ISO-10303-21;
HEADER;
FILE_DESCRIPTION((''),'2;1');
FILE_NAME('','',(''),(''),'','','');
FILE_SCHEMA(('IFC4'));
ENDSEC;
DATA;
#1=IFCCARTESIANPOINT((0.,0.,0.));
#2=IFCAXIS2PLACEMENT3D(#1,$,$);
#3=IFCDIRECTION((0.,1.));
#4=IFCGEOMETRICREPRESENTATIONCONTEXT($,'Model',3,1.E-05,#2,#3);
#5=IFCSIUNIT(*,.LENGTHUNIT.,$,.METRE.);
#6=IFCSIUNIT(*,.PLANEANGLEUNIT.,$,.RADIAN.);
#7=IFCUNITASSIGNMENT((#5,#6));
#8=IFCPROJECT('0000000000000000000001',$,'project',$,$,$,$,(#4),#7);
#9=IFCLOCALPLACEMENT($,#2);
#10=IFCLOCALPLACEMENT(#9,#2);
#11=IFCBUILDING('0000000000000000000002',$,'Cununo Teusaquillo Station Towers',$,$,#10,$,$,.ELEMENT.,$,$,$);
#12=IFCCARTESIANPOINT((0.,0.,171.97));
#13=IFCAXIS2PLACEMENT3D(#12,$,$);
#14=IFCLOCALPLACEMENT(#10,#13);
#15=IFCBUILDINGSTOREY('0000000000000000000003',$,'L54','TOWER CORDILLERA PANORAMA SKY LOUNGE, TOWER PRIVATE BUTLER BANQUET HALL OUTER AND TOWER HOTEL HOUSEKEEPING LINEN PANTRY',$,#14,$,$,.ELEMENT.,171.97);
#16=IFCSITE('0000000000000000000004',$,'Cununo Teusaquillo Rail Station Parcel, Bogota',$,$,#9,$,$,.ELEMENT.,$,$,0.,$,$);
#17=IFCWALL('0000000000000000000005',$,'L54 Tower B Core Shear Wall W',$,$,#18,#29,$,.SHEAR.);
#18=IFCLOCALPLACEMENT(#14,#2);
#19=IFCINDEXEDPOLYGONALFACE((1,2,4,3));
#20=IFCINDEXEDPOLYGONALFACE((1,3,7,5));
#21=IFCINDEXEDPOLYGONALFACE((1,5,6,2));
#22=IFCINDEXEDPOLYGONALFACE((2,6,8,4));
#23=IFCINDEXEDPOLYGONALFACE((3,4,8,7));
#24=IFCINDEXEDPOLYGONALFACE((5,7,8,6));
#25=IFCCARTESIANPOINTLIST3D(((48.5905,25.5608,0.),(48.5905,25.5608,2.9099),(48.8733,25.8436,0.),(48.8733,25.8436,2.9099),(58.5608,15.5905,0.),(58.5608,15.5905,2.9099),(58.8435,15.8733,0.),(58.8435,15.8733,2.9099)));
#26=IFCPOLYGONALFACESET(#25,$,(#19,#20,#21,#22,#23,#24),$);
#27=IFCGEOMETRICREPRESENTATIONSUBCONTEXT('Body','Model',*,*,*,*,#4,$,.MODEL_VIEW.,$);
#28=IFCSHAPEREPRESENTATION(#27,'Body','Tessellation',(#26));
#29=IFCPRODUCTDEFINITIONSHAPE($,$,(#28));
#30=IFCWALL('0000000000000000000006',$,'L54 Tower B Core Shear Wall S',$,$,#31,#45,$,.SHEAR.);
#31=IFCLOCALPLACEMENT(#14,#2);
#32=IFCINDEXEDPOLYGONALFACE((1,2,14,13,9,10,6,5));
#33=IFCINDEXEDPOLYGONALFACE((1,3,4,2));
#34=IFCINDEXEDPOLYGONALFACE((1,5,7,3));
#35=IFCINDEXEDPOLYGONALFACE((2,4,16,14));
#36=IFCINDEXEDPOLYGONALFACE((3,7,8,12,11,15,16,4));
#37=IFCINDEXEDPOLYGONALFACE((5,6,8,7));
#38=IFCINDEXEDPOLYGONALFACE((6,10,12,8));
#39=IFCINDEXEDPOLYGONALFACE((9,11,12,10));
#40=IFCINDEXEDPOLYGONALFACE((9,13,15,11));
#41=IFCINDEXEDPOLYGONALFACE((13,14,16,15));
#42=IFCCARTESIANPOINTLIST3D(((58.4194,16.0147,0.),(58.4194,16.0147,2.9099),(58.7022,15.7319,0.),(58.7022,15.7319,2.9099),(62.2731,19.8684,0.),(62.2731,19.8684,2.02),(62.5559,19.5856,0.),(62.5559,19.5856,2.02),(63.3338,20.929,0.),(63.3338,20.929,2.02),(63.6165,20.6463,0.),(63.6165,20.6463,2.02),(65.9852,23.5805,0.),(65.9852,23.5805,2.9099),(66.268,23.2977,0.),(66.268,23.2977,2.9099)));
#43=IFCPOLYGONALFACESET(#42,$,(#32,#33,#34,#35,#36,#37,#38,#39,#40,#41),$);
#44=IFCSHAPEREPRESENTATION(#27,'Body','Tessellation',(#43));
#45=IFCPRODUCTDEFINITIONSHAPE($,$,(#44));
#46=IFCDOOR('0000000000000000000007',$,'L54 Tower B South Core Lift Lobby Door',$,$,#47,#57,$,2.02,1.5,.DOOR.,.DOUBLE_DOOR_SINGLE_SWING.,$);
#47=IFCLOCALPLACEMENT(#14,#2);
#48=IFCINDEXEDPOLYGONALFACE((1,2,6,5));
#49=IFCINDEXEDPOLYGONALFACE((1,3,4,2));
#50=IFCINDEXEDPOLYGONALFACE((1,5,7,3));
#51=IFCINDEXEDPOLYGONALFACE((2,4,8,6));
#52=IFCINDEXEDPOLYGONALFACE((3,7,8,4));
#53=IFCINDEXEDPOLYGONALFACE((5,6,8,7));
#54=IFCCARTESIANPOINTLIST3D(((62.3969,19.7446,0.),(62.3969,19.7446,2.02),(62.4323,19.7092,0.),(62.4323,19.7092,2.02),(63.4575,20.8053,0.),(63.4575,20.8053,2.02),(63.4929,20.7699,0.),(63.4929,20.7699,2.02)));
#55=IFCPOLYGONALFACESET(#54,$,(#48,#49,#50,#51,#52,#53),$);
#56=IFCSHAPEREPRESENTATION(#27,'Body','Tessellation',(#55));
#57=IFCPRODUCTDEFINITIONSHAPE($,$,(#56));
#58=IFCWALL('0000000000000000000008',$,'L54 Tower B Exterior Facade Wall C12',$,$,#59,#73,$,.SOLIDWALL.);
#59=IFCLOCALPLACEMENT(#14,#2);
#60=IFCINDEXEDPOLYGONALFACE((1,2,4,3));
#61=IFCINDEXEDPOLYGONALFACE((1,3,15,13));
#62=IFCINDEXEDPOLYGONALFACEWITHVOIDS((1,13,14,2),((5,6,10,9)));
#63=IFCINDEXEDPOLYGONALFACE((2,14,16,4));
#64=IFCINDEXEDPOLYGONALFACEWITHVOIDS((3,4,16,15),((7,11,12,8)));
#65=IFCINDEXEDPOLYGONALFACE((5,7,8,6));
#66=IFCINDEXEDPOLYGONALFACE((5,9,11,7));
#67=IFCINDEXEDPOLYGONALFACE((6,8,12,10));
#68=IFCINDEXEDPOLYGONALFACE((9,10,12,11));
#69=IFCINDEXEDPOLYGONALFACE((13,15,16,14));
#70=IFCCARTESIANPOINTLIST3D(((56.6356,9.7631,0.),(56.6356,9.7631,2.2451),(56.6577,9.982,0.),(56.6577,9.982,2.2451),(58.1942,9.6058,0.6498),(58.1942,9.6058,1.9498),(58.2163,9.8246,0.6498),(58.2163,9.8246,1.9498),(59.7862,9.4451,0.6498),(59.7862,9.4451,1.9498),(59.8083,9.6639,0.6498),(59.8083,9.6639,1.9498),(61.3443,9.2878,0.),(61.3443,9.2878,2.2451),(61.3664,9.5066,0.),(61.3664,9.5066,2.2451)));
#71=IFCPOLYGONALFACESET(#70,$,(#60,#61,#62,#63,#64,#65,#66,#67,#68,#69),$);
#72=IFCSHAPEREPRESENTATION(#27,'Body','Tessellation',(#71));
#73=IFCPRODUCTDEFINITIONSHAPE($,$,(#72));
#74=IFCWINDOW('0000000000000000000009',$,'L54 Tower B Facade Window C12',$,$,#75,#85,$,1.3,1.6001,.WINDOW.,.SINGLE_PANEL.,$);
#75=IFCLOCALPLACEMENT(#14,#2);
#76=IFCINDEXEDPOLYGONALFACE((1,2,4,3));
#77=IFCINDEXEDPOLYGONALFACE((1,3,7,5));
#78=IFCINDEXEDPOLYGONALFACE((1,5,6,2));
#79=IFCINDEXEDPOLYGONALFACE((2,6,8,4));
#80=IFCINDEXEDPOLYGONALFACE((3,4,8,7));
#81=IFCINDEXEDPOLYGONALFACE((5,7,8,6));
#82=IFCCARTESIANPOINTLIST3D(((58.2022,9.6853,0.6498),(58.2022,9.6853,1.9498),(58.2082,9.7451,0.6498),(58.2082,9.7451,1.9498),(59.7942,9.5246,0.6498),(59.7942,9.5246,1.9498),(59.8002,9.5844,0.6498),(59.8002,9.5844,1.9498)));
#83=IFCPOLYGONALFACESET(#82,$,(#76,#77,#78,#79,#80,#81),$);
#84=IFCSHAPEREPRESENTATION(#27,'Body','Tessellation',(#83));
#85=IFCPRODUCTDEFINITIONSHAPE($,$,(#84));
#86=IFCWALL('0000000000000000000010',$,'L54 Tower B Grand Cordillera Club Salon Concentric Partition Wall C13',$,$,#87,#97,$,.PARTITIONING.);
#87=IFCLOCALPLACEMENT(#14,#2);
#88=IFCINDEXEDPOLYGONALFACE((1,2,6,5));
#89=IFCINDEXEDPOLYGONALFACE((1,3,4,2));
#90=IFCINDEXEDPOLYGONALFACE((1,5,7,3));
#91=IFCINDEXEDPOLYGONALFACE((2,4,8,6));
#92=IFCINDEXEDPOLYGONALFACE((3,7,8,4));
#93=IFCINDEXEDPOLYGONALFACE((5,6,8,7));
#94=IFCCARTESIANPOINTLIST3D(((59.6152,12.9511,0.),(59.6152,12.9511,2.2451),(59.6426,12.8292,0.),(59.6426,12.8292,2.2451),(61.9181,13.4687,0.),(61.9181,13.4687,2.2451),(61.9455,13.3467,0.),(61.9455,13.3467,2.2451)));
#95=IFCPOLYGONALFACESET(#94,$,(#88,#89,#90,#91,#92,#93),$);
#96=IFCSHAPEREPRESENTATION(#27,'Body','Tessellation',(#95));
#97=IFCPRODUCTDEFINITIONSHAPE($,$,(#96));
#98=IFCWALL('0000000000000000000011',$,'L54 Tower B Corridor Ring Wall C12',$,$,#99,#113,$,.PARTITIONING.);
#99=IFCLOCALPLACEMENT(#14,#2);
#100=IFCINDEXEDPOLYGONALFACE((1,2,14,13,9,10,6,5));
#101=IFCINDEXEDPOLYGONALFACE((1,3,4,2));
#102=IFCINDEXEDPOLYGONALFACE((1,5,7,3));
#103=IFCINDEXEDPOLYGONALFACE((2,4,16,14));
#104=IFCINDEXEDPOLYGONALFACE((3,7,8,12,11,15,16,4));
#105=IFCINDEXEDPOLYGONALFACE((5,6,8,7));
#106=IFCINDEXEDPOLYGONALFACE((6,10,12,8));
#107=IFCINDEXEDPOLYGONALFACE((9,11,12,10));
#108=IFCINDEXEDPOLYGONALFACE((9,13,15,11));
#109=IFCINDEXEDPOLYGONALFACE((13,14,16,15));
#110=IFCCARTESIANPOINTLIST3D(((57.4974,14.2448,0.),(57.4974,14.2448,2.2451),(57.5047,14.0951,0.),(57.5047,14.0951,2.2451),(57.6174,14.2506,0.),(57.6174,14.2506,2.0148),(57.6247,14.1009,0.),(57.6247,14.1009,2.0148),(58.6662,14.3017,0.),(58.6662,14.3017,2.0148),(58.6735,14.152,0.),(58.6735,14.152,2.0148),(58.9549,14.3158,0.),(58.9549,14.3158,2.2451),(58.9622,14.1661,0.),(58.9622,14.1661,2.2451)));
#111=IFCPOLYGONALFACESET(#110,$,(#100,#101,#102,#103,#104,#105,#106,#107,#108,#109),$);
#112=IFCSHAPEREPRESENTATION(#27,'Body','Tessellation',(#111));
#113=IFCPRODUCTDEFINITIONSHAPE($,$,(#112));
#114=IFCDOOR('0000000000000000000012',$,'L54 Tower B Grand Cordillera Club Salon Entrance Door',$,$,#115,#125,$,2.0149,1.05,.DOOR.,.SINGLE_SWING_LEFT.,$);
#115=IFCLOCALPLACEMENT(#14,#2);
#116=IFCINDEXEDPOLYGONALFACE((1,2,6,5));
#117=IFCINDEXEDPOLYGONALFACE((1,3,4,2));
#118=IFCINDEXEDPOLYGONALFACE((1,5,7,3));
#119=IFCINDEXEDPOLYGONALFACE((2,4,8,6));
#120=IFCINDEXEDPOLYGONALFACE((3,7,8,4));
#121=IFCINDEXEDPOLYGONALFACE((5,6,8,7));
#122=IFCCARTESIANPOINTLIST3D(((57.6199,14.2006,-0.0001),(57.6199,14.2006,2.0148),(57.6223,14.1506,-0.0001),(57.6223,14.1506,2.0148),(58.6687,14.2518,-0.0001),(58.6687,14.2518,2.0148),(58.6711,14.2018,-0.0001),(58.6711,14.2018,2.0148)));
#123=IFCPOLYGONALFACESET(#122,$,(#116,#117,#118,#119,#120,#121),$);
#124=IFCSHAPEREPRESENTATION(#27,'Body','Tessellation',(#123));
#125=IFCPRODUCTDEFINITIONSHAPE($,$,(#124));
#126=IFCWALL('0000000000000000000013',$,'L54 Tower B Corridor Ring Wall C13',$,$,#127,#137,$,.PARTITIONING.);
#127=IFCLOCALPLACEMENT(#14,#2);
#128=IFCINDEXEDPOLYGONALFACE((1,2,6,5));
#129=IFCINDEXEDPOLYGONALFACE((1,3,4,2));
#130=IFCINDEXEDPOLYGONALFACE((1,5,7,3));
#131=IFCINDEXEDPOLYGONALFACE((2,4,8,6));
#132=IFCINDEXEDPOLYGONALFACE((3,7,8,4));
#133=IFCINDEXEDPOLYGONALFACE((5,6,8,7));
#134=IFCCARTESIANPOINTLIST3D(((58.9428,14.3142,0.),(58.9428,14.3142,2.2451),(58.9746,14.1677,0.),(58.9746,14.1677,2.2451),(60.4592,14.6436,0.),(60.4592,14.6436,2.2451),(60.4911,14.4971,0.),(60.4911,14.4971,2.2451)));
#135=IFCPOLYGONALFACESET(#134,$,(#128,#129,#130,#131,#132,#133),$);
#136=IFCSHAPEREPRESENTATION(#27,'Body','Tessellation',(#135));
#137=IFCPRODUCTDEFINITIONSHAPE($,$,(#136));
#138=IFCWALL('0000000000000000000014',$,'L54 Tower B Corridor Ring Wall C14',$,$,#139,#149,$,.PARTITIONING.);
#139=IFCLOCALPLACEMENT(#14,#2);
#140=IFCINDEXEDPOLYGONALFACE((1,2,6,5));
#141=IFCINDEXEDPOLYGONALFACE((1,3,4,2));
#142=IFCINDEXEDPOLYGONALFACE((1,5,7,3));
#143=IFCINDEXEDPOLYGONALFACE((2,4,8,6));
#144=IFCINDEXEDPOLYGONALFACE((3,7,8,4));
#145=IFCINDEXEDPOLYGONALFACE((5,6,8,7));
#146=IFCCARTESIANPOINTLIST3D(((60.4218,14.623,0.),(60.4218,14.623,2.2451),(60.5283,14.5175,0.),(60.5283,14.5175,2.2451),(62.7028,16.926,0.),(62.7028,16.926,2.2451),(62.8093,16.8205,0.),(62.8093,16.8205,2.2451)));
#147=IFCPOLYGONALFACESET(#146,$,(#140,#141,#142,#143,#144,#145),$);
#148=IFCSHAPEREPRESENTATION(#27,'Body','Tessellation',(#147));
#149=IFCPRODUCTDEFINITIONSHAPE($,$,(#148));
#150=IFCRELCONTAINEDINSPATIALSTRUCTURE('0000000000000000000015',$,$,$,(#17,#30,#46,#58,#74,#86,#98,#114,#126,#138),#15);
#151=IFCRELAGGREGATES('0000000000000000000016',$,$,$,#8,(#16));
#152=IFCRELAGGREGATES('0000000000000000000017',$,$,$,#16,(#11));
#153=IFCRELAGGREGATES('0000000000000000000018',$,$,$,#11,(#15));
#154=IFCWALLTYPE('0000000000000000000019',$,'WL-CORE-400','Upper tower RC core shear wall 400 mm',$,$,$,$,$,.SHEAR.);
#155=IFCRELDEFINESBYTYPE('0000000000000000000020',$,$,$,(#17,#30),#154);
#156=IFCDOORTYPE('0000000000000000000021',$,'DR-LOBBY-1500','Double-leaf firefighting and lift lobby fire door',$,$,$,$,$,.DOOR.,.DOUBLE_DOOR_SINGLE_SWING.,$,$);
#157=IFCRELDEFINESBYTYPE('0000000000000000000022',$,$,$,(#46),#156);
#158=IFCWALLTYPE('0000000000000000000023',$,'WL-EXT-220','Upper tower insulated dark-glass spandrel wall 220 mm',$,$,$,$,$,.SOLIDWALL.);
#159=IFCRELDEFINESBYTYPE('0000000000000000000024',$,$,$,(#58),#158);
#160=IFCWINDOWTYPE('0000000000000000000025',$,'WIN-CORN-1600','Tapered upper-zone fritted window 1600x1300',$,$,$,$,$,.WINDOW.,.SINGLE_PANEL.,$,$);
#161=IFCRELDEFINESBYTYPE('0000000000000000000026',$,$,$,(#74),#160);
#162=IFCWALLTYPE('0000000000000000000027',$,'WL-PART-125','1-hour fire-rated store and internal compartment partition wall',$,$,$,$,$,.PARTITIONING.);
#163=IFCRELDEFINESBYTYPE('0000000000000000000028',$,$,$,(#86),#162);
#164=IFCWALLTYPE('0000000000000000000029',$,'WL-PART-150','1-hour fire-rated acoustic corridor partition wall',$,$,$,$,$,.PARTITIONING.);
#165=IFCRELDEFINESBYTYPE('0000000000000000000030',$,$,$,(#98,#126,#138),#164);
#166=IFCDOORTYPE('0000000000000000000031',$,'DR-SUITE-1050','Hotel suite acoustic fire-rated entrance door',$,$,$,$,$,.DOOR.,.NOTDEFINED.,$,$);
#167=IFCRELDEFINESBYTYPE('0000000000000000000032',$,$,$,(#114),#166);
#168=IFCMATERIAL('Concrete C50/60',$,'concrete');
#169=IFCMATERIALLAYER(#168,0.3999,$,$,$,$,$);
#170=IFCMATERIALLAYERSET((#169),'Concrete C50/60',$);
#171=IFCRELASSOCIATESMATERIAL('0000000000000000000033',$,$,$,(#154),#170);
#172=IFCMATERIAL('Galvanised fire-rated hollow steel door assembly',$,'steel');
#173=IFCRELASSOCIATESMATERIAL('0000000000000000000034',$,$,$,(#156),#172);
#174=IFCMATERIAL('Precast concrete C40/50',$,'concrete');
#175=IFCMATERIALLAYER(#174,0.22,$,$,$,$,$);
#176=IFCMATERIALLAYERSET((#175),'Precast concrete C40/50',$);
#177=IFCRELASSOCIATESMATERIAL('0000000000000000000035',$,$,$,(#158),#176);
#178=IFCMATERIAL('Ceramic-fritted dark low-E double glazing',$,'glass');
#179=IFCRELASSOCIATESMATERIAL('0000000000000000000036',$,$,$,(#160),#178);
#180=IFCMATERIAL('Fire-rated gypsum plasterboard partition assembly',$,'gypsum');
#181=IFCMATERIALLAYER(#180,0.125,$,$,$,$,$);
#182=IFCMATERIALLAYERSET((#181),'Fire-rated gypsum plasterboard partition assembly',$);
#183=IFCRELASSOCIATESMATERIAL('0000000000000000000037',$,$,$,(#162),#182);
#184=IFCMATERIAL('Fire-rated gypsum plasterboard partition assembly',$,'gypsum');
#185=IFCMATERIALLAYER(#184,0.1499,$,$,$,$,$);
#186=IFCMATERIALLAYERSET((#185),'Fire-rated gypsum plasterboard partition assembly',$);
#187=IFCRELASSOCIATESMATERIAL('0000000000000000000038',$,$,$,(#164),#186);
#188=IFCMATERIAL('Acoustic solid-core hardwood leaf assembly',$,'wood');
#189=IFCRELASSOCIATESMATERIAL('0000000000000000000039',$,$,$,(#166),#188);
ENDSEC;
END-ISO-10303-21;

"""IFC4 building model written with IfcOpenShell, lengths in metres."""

from ifc_helpers import new_model, si_unit, direction, frame, frame_2d, origin, place, context, subcontext, project, spatial, rectangle, extrude, source, transform, mapped, material, layer, layer_set, type_object, element, fill, save


model = new_model("IFC4")

# Units and contexts
model_context = context("Model", 3, precision=1e-05, world=origin(), true_north=direction((0.0, 1.0)))
body_context = subcontext(model_context, "Body", "Model", "MODEL_VIEW")
ifc_project = project(units=[si_unit("LENGTHUNIT", "METRE"), si_unit("PLANEANGLEUNIT", "RADIAN")], contexts=[model_context])

# Site, building, storey
site_placement = place(None, origin())
site = spatial("IfcSite", under=ifc_project, at=site_placement, Name="Cununo Teusaquillo Rail Station Parcel, Bogota", CompositionType="ELEMENT", RefElevation=0.0)
building_placement = place(site_placement, origin())
building = spatial("IfcBuilding", under=site, at=building_placement, Name="Cununo Teusaquillo Station Towers", CompositionType="ELEMENT")
storey_placement = place(building_placement, frame((0.0, 0.0, 171.97)))
storey = spatial("IfcBuildingStorey", under=building, at=storey_placement, Name="L54", Description="TOWER CORDILLERA PANORAMA SKY LOUNGE, TOWER PRIVATE BUTLER BANQUET HALL OUTER AND TOWER HOTEL HOUSEKEEPING LINEN PANTRY", CompositionType="ELEMENT", Elevation=171.97)

# Wall
ifc_material_1 = material(Name="Concrete C50/60", Category="concrete")
ifc_layer_1 = layer(ifc_material_1, 0.3999)
ifc_layer_set_1 = layer_set([ifc_layer_1], Name="Concrete C50/60")
wall_type_1 = type_object("IfcWallType", Name="WL-CORE-400", Description="Upper tower RC core shear wall 400 mm", PredefinedType="SHEAR", material=ifc_layer_set_1)
wall_1_placement = place(storey_placement, frame((58.7021, 15.7319, 0.0), z_axis=(0.0, 0.0, 1.0), x_axis=(-0.707107, 0.707107, 0.0)))
element("IfcWall", 1, at=wall_1_placement, inside=storey, type_object=wall_type_1, Name="L54 Tower B Core Shear Wall W", PredefinedType="SHEAR", context=body_context, shape_type="SweptSolid", body=[
    extrude(rectangle(XDim=14.1001, YDim=0.3999, at=frame_2d((7.05, 0.0))), origin(), (0.0, 0.0, 1.0), 2.9099),
])

# Wall, opening, door
wall_2_placement = place(storey_placement, frame((58.5608, 15.8733, 0.0), z_axis=(0.0, 0.0, 1.0), x_axis=(0.707107, 0.707107, 0.0)))
wall_2 = element("IfcWall", 2, at=wall_2_placement, inside=storey, type_object=wall_type_1, Name="L54 Tower B Core Shear Wall S", PredefinedType="SHEAR", context=body_context, shape_type="SweptSolid", body=[
    extrude(rectangle(XDim=10.6997, YDim=0.3999, at=frame_2d((5.3499, 0.0))), origin(), (0.0, 0.0, 1.0), 2.9099),
])
shared_shape_1 = source(origin(), body_context, "Body", "SweptSolid", [
    extrude(rectangle(XDim=1.5, YDim=2.02, at=frame_2d((0.75, 1.01))), frame((0.0, 0.21, 0.0), z_axis=(0.0, -1.0, 0.0), x_axis=(1.0, 0.0, 0.0)), (0.0, 0.0, 1.0), 0.4199),
])
opening_1_placement = place(wall_2_placement, frame((5.45, 0.0, 0.0)))
opening_1 = element("IfcOpeningElement", 3, at=opening_1_placement, cuts=wall_2, PredefinedType="OPENING", context=body_context, shape_type="MappedRepresentation", body=[
    mapped(shared_shape_1, transform((0.0, 0.0, 0.0), x_axis=(1.0, 0.0, 0.0), y_axis=(0.0, 1.0, 0.0), z_axis=(0.0, 0.0, 1.0), scale=1.0)),
])
ifc_material_2 = material(Name="Galvanised fire-rated hollow steel door assembly", Category="steel")
door_type_1 = type_object("IfcDoorType", Name="DR-LOBBY-1500", Description="Double-leaf firefighting and lift lobby fire door", OperationType="DOUBLE_DOOR_SINGLE_SWING", PredefinedType="DOOR", material=ifc_material_2)
shared_shape_2 = source(origin(), body_context, "Body", "SweptSolid", [
    extrude(rectangle(XDim=1.5, YDim=2.02, at=frame_2d((0.75, 1.01))), frame((0.0, 0.0249, 0.0), z_axis=(0.0, -1.0, 0.0), x_axis=(1.0, 0.0, 0.0)), (0.0, 0.0, 1.0), 0.05),
])
door_1_placement = place(opening_1_placement, origin())
door_1 = element("IfcDoor", 4, at=door_1_placement, inside=storey, type_object=door_type_1, Name="L54 Tower B South Core Lift Lobby Door", OperationType="DOUBLE_DOOR_SINGLE_SWING", OverallHeight=2.02, OverallWidth=1.5, PredefinedType="DOOR", context=body_context, shape_type="MappedRepresentation", body=[
    mapped(shared_shape_2, transform((0.0, 0.0, 0.0), x_axis=(1.0, 0.0, 0.0), y_axis=(0.0, 1.0, 0.0), z_axis=(0.0, 0.0, 1.0), scale=1.0)),
])
fill(opening_1, door_1)

# Wall, opening, window
ifc_material_3 = material(Name="Precast concrete C40/50", Category="concrete")
ifc_layer_2 = layer(ifc_material_3, 0.22)
ifc_layer_set_2 = layer_set([ifc_layer_2], Name="Precast concrete C40/50")
wall_type_2 = type_object("IfcWallType", Name="WL-EXT-220", Description="Upper tower insulated dark-glass spandrel wall 220 mm", PredefinedType="SOLIDWALL", material=ifc_layer_set_2)
wall_3_placement = place(storey_placement, frame((61.3552, 9.3972, 0.0), z_axis=(0.0, 0.0, 1.0), x_axis=(-0.994943, 0.100438, 0.0)))
wall_3 = element("IfcWall", 5, at=wall_3_placement, inside=storey, type_object=wall_type_2, Name="L54 Tower B Exterior Facade Wall C12", PredefinedType="SOLIDWALL", context=body_context, shape_type="SweptSolid", body=[
    extrude(rectangle(XDim=4.7327, YDim=0.22, at=frame_2d((2.3662, 0.0))), origin(), (0.0, 0.0, 1.0), 2.2451),
])
shared_shape_3 = source(origin(), body_context, "Body", "SweptSolid", [
    extrude(rectangle(XDim=1.6001, YDim=1.3, at=frame_2d((0.8, 0.6499))), frame((0.0, 0.1199, 0.0), z_axis=(0.0, -1.0, 0.0), x_axis=(1.0, 0.0, 0.0)), (0.0, 0.0, 1.0), 0.24),
])
opening_2_placement = place(wall_3_placement, frame((1.5659, 0.0, 0.6499)))
opening_2 = element("IfcOpeningElement", 6, at=opening_2_placement, cuts=wall_3, PredefinedType="OPENING", context=body_context, shape_type="MappedRepresentation", body=[
    mapped(shared_shape_3, transform((0.0, 0.0, 0.0), x_axis=(1.0, 0.0, 0.0), y_axis=(0.0, 1.0, 0.0), z_axis=(0.0, 0.0, 1.0), scale=1.0)),
])
ifc_material_4 = material(Name="Ceramic-fritted dark low-E double glazing", Category="glass")
window_type = type_object("IfcWindowType", Name="WIN-CORN-1600", Description="Tapered upper-zone fritted window 1600x1300", PartitioningType="SINGLE_PANEL", PredefinedType="WINDOW", material=ifc_material_4)
shared_shape_4 = source(origin(), body_context, "Body", "SweptSolid", [
    extrude(rectangle(XDim=1.6001, YDim=1.3, at=frame_2d((0.8, 0.6499))), frame((0.0, 0.03, 0.0), z_axis=(0.0, -1.0, 0.0), x_axis=(1.0, 0.0, 0.0)), (0.0, 0.0, 1.0), 0.0601),
])
window_placement = place(opening_2_placement, origin())
window = element("IfcWindow", 7, at=window_placement, inside=storey, type_object=window_type, Name="L54 Tower B Facade Window C12", OverallHeight=1.3, OverallWidth=1.6001, PartitioningType="SINGLE_PANEL", PredefinedType="WINDOW", context=body_context, shape_type="MappedRepresentation", body=[
    mapped(shared_shape_4, transform((0.0, 0.0, 0.0), x_axis=(1.0, 0.0, 0.0), y_axis=(0.0, 1.0, 0.0), z_axis=(0.0, 0.0, 1.0), scale=1.0)),
])
fill(opening_2, window)

# Wall
ifc_material_5 = material(Name="Fire-rated gypsum plasterboard partition assembly", Category="gypsum")
ifc_layer_3 = layer(ifc_material_5, 0.125)
ifc_layer_set_3 = layer_set([ifc_layer_3], Name="Fire-rated gypsum plasterboard partition assembly")
wall_type_3 = type_object("IfcWallType", Name="WL-PART-125", Description="1-hour fire-rated store and internal compartment partition wall", PredefinedType="PARTITIONING", material=ifc_layer_set_3)
wall_4_placement = place(storey_placement, frame((59.6289, 12.8901, 0.0), z_axis=(0.0, 0.0, 1.0), x_axis=(0.975663, 0.219273, 0.0)))
element("IfcWall", 8, at=wall_4_placement, inside=storey, type_object=wall_type_3, Name="L54 Tower B Grand Cordillera Club Salon Concentric Partition Wall C13", PredefinedType="PARTITIONING", context=body_context, shape_type="SweptSolid", body=[
    extrude(rectangle(XDim=2.3604, YDim=0.125, at=frame_2d((1.1802, 0.0))), origin(), (0.0, 0.0, 1.0), 2.2451),
])

# Wall, opening, door
ifc_material_6 = material(Name="Fire-rated gypsum plasterboard partition assembly", Category="gypsum")
ifc_layer_4 = layer(ifc_material_6, 0.1499)
ifc_layer_set_4 = layer_set([ifc_layer_4], Name="Fire-rated gypsum plasterboard partition assembly")
wall_type_4 = type_object("IfcWallType", Name="WL-PART-150", Description="1-hour fire-rated acoustic corridor partition wall", PredefinedType="PARTITIONING", material=ifc_layer_set_4)
wall_5_placement = place(storey_placement, frame((57.5012, 14.1699, 0.0), z_axis=(0.0, 0.0, 1.0), x_axis=(0.998814, 0.048686, 0.0)))
wall_5 = element("IfcWall", 9, at=wall_5_placement, inside=storey, type_object=wall_type_4, Name="L54 Tower B Corridor Ring Wall C12", PredefinedType="PARTITIONING", context=body_context, shape_type="SweptSolid", body=[
    extrude(rectangle(XDim=1.4592, YDim=0.1499, at=frame_2d((0.7295, 0.0))), origin(), (0.0, 0.0, 1.0), 2.2451),
])
shared_shape_5 = source(origin(), body_context, "Body", "SweptSolid", [
    extrude(rectangle(XDim=1.05, YDim=2.0149, at=frame_2d((0.5249, 1.0073))), frame((0.0, 0.085, 0.0), z_axis=(0.0, -1.0, 0.0), x_axis=(1.0, 0.0, 0.0)), (0.0, 0.0, 1.0), 0.1699),
])
opening_3_placement = place(wall_5_placement, frame((0.1201, 0.0, 0.0)))
opening_3 = element("IfcOpeningElement", 10, at=opening_3_placement, cuts=wall_5, PredefinedType="OPENING", context=body_context, shape_type="MappedRepresentation", body=[
    mapped(shared_shape_5, transform((0.0, 0.0, 0.0), x_axis=(1.0, 0.0, 0.0), y_axis=(0.0, 1.0, 0.0), z_axis=(0.0, 0.0, 1.0), scale=1.0)),
])
ifc_material_7 = material(Name="Acoustic solid-core hardwood leaf assembly", Category="wood")
door_type_2 = type_object("IfcDoorType", Name="DR-SUITE-1050", Description="Hotel suite acoustic fire-rated entrance door", OperationType="NOTDEFINED", PredefinedType="DOOR", material=ifc_material_7)
shared_shape_6 = source(origin(), body_context, "Body", "SweptSolid", [
    extrude(rectangle(XDim=1.05, YDim=2.0149, at=frame_2d((0.5249, 1.0073))), frame((0.0, 0.0249, 0.0), z_axis=(0.0, -1.0, 0.0), x_axis=(1.0, 0.0, 0.0)), (0.0, 0.0, 1.0), 0.05),
])
door_2_placement = place(opening_3_placement, origin())
door_2 = element("IfcDoor", 11, at=door_2_placement, inside=storey, type_object=door_type_2, Name="L54 Tower B Grand Cordillera Club Salon Entrance Door", OperationType="SINGLE_SWING_LEFT", OverallHeight=2.0149, OverallWidth=1.05, PredefinedType="DOOR", context=body_context, shape_type="MappedRepresentation", body=[
    mapped(shared_shape_6, transform((0.0, 0.0, 0.0), x_axis=(1.0, 0.0, 0.0), y_axis=(0.0, 1.0, 0.0), z_axis=(0.0, 0.0, 1.0), scale=1.0)),
])
fill(opening_3, door_2)

# Walls
wall_6_placement = place(storey_placement, frame((58.9587, 14.241, 0.0), z_axis=(0.0, 0.0, 1.0), x_axis=(0.977216, 0.212247, 0.0)))
element("IfcWall", 12, at=wall_6_placement, inside=storey, type_object=wall_type_4, Name="L54 Tower B Corridor Ring Wall C13", PredefinedType="PARTITIONING", context=body_context, shape_type="SweptSolid", body=[
    extrude(rectangle(XDim=1.5518, YDim=0.1499, at=frame_2d((0.7759, 0.0))), origin(), (0.0, 0.0, 1.0), 2.2451),
])
wall_7_placement = place(storey_placement, frame((60.4751, 14.5703, 0.0), z_axis=(0.0, 0.0, 1.0), x_axis=(0.703709, 0.710488, 0.0)))
element("IfcWall", 13, at=wall_7_placement, inside=storey, type_object=wall_type_4, Name="L54 Tower B Corridor Ring Wall C14", PredefinedType="PARTITIONING", context=body_context, shape_type="SweptSolid", body=[
    extrude(rectangle(XDim=3.2415, YDim=0.1499, at=frame_2d((1.6206, 0.0))), origin(), (0.0, 0.0, 1.0), 2.2451),
])

save(model, "model.ifc")
